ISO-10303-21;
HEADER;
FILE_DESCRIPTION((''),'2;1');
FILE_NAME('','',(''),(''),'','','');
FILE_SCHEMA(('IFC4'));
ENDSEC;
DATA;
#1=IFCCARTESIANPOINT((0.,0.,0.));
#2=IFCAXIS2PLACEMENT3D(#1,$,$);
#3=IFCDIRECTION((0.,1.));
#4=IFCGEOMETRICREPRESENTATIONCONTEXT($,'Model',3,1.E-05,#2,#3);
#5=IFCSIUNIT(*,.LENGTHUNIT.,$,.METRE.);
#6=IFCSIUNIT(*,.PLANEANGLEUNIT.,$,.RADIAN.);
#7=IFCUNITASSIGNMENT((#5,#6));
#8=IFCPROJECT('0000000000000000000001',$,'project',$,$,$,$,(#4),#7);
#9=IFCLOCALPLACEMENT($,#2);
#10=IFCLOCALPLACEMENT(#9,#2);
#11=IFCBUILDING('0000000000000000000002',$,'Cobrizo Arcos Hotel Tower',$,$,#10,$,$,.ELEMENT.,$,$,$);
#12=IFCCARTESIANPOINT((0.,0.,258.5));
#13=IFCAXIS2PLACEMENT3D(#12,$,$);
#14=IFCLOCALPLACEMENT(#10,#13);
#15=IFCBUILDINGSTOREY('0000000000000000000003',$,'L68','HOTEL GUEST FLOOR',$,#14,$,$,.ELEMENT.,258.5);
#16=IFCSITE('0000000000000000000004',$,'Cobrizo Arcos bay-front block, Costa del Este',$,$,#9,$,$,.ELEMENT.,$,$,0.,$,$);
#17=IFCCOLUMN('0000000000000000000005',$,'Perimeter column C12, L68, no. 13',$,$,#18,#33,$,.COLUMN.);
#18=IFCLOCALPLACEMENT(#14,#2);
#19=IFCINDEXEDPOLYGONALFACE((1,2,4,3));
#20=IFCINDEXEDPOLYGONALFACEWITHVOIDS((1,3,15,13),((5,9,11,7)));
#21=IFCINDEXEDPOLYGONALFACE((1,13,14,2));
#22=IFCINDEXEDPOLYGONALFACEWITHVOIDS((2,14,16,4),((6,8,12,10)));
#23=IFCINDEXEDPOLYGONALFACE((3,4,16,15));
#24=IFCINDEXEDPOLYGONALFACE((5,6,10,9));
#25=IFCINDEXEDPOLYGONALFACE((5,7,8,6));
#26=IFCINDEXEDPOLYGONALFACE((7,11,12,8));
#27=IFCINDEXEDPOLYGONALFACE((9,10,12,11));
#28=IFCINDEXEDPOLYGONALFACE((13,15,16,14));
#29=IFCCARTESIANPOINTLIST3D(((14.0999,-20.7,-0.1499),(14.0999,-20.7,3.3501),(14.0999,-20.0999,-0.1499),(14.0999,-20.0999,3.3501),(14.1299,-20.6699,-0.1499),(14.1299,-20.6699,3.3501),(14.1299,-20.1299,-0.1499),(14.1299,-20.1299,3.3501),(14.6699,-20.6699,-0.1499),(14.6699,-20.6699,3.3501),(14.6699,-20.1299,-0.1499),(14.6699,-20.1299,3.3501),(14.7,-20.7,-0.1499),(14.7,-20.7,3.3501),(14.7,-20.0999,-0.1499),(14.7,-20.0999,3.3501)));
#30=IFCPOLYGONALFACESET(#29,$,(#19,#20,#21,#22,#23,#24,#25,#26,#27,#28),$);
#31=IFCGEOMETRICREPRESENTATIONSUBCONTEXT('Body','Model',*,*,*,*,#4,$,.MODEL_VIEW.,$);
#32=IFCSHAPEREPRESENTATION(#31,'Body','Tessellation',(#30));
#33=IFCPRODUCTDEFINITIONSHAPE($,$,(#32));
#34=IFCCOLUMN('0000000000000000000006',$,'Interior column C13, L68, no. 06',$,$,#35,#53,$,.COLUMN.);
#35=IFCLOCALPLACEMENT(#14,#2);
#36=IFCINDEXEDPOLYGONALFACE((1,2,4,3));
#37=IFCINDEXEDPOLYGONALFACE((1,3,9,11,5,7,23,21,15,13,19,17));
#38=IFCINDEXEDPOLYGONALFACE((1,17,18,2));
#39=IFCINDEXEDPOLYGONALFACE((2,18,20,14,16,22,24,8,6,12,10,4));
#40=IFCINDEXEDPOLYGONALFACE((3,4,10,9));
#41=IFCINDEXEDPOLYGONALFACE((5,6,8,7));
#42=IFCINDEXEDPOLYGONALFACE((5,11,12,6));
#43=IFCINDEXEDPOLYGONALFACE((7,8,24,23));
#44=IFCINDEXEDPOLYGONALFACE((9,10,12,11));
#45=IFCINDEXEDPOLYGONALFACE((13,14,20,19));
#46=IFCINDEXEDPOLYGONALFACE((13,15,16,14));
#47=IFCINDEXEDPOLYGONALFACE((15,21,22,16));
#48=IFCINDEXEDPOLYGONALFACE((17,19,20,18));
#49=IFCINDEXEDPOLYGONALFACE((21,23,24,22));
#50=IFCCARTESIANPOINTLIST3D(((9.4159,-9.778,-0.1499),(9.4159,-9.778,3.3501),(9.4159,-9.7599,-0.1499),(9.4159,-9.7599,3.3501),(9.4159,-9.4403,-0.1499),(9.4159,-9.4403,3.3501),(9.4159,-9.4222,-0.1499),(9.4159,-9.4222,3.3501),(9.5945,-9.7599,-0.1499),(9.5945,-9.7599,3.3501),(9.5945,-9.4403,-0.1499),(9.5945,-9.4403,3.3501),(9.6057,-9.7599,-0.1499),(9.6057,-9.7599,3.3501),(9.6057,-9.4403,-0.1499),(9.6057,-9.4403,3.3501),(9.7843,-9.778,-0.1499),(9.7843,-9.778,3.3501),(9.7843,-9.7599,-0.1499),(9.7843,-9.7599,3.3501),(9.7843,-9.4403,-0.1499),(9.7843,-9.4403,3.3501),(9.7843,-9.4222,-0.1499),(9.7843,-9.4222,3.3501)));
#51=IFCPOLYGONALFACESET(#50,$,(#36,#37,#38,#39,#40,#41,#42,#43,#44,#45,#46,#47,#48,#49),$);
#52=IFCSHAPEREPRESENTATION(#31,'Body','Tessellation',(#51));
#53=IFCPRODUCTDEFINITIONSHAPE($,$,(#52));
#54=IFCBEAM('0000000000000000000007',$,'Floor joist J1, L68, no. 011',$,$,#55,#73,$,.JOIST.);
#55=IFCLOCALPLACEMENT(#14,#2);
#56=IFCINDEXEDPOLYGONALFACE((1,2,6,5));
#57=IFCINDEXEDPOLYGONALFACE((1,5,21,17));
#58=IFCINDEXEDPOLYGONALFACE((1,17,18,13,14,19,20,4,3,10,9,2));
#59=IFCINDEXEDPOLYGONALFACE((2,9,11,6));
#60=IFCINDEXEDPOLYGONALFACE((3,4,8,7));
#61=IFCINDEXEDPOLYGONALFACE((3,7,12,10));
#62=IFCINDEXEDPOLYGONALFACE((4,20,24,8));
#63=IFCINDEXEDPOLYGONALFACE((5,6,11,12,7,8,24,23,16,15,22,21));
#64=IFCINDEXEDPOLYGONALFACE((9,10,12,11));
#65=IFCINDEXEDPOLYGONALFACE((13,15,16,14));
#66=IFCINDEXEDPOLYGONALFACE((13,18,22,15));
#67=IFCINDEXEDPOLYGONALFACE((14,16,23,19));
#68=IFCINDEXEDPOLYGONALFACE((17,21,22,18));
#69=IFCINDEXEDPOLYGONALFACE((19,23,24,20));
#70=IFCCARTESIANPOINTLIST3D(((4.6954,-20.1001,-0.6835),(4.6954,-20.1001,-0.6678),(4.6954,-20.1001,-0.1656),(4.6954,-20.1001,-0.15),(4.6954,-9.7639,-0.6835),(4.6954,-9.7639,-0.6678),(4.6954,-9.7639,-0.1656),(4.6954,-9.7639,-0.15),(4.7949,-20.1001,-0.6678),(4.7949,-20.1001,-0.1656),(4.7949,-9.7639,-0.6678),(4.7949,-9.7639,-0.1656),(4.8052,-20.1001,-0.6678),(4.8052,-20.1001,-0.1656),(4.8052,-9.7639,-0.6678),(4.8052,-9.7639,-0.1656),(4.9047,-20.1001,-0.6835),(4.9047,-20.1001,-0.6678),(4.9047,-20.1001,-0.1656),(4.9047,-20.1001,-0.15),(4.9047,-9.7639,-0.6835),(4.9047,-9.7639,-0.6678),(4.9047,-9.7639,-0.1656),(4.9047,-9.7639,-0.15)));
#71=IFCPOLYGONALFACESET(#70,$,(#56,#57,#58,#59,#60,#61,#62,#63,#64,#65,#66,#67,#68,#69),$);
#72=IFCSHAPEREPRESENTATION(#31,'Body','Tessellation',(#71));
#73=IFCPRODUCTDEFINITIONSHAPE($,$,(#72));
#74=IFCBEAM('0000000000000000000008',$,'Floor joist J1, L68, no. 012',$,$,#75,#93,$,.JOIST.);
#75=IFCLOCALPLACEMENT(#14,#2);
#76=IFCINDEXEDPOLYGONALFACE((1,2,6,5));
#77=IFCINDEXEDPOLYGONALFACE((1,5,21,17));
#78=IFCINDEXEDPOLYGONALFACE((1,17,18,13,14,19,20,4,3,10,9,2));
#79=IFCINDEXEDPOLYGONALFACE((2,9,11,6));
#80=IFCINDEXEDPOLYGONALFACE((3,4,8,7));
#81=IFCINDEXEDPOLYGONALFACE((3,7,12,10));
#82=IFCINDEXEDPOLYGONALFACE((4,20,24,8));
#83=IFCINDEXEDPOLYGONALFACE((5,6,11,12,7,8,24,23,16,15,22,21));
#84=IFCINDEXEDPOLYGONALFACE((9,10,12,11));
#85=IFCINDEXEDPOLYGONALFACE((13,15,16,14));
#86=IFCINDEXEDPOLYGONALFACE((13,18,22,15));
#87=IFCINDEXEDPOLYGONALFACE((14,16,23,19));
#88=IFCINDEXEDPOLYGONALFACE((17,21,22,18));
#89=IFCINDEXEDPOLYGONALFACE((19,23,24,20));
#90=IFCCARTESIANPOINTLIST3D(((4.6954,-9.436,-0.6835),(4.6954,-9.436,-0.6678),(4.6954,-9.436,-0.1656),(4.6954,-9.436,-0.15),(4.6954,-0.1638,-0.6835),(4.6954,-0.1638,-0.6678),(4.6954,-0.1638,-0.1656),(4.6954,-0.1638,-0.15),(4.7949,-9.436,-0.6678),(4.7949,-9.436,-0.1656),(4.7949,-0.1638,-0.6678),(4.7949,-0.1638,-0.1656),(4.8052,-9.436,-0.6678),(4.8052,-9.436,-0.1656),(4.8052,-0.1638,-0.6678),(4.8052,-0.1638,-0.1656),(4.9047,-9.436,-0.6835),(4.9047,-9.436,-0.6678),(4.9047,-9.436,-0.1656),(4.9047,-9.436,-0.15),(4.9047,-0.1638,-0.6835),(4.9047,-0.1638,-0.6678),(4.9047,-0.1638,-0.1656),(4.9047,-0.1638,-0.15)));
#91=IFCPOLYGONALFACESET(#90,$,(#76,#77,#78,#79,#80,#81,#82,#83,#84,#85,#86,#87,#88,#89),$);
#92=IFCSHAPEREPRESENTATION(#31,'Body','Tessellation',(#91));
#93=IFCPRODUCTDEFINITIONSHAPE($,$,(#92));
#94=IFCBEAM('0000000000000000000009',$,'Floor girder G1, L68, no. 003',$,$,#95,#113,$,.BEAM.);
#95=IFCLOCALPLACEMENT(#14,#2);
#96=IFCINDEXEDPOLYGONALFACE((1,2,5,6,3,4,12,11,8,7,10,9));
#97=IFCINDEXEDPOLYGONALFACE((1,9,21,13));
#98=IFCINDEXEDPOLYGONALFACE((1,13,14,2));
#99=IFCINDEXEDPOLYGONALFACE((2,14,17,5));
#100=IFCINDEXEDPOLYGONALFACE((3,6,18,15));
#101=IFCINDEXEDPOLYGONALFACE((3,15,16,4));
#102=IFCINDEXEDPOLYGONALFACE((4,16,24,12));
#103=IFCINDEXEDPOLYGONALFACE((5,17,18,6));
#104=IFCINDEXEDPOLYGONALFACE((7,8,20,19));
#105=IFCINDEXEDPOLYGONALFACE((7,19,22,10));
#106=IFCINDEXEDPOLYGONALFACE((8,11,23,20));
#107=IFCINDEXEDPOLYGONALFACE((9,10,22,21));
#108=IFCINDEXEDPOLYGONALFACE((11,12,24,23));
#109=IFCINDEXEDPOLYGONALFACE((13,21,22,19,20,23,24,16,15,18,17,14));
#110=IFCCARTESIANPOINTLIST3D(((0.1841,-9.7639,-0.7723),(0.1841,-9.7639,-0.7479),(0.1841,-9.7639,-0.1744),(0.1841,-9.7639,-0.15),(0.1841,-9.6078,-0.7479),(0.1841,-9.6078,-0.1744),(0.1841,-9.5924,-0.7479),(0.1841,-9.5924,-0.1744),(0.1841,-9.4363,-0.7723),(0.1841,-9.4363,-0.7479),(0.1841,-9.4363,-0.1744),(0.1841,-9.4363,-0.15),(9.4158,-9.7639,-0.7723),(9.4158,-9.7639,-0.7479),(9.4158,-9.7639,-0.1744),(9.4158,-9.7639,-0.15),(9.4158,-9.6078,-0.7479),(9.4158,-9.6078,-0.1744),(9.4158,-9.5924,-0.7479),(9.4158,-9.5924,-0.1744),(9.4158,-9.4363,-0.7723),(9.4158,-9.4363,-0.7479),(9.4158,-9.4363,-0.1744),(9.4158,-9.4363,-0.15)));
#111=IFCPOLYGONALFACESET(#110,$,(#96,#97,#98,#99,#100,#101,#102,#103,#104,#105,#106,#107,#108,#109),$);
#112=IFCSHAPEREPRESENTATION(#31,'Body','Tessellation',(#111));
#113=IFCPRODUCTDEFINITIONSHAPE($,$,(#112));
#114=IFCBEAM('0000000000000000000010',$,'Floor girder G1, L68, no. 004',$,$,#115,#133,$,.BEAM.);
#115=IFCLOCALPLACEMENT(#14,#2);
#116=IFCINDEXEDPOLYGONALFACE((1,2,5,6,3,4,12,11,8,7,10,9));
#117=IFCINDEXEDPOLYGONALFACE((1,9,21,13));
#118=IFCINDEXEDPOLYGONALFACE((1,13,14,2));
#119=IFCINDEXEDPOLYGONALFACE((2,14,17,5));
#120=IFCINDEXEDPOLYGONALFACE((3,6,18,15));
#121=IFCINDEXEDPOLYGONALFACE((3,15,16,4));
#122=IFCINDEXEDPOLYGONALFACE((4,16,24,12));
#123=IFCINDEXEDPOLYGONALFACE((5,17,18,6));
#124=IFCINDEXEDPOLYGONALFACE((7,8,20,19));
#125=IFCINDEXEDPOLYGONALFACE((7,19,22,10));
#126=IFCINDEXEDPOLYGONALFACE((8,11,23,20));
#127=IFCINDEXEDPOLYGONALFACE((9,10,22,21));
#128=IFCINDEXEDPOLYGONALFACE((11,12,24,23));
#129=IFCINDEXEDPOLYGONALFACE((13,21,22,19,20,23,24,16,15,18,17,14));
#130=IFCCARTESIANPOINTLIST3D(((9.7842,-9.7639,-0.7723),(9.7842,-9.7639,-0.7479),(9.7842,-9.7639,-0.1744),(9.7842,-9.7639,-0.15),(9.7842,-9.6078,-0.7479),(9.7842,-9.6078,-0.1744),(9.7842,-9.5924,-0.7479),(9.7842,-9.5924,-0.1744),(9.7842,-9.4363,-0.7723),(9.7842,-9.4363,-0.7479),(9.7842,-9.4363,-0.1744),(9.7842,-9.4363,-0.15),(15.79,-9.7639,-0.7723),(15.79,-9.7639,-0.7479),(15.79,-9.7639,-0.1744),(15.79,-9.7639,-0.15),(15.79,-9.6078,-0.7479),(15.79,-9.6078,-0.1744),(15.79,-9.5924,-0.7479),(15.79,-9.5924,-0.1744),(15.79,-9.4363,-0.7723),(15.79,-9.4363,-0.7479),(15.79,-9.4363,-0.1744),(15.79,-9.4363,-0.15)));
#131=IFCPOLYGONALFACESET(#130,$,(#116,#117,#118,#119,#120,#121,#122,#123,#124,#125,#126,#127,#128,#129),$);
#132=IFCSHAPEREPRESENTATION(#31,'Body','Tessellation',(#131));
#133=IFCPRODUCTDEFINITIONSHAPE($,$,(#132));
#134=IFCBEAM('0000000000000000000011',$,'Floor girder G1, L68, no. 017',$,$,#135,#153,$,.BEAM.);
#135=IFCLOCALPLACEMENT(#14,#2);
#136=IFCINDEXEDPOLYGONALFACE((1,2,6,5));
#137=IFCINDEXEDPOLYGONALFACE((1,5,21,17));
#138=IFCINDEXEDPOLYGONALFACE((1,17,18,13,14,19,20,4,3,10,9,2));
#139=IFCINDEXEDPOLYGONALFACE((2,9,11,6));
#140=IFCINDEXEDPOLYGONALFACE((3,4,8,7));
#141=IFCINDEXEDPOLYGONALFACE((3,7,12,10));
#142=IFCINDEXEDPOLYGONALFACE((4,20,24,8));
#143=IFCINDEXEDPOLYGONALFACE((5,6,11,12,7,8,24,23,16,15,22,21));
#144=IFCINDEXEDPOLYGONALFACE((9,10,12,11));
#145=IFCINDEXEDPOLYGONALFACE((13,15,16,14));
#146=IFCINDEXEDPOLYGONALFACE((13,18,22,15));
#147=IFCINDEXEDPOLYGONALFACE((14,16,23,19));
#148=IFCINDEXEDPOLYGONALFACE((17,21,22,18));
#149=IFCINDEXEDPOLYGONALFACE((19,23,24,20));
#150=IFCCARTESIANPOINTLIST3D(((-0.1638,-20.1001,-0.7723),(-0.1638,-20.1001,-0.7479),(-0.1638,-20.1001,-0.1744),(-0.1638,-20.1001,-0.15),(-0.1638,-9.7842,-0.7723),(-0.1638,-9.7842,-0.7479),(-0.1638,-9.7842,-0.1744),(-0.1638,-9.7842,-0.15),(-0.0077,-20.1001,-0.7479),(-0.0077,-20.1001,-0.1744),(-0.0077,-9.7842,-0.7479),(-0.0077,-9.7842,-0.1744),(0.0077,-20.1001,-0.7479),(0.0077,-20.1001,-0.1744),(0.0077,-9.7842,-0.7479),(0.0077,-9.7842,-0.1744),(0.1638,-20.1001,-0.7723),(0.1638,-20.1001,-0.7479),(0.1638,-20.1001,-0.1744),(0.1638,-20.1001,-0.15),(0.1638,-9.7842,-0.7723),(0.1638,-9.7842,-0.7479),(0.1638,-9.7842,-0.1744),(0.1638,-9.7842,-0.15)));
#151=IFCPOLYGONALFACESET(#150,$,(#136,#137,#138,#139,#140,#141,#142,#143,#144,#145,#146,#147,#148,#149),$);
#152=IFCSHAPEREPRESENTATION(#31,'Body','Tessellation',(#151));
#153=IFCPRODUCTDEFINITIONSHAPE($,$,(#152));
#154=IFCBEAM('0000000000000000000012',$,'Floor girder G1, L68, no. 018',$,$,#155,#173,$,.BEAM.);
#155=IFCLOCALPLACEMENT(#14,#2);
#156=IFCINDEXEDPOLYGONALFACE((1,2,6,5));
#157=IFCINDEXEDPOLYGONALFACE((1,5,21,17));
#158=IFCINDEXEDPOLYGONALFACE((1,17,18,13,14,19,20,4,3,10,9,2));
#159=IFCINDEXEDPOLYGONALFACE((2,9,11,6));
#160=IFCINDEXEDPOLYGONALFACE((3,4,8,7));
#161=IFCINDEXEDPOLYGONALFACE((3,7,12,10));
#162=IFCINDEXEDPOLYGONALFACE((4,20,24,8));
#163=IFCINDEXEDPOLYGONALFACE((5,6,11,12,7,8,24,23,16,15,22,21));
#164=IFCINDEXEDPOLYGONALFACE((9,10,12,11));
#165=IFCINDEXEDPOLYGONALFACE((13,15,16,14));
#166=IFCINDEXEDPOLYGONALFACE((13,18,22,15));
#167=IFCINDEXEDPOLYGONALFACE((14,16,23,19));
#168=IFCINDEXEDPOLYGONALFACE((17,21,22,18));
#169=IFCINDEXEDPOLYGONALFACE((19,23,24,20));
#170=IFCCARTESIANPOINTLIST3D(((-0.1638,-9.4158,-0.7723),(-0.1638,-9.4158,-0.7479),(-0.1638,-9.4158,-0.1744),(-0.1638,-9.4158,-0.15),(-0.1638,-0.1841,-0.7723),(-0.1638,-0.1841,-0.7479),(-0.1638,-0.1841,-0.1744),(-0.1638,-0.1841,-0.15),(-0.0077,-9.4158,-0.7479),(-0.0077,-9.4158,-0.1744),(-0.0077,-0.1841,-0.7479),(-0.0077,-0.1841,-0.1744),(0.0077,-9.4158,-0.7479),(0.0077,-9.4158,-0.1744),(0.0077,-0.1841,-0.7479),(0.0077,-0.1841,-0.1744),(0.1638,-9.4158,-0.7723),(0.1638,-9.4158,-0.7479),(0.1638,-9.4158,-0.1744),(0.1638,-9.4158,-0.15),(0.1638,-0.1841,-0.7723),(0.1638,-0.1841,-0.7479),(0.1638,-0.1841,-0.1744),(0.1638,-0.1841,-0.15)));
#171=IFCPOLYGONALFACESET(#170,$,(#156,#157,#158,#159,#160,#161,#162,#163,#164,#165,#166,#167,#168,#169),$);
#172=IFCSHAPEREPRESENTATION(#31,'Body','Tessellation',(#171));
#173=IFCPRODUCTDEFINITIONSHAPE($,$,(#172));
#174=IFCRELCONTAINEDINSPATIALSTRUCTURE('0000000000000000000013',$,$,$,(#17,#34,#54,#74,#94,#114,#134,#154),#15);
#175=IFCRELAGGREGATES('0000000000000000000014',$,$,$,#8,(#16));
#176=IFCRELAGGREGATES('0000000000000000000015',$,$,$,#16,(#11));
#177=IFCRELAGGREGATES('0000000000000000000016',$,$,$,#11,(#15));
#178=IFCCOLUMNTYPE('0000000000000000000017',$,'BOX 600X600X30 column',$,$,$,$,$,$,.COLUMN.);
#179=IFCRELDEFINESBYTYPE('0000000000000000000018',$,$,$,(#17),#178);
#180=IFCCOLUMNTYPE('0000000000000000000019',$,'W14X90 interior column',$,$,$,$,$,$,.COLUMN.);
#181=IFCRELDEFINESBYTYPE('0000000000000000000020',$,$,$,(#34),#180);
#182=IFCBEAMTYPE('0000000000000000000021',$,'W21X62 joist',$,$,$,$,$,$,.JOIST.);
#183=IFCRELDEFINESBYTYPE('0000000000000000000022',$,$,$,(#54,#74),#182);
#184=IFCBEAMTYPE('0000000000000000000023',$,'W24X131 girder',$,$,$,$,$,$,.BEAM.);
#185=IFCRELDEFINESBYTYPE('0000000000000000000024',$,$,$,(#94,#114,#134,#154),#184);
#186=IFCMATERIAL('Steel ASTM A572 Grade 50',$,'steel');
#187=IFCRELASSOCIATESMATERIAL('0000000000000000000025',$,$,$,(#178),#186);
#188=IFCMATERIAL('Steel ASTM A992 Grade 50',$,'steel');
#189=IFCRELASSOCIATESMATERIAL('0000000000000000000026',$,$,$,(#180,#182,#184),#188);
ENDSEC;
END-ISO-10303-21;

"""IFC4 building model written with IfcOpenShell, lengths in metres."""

from ifc_helpers import new_model, si_unit, direction, frame, origin, origin_2d, place, context, subcontext, project, spatial, hollow_rectangle, i_section, extrude, material, material_profile, profile_set, type_object, element, save


model = new_model("IFC4")

# Units and contexts
model_context = context("Model", 3, precision=1e-05, world=origin(), true_north=direction((0.0, 1.0)))
body_context = subcontext(model_context, "Body", "Model", "MODEL_VIEW")
ifc_project = project(units=[si_unit("LENGTHUNIT", "METRE"), si_unit("PLANEANGLEUNIT", "RADIAN")], contexts=[model_context])

# Site, building, storey
site_placement = place(None, origin())
site = spatial("IfcSite", under=ifc_project, at=site_placement, Name="Cobrizo Arcos bay-front block, Costa del Este", CompositionType="ELEMENT", RefElevation=0.0)
building_placement = place(site_placement, origin())
building = spatial("IfcBuilding", under=site, at=building_placement, Name="Cobrizo Arcos Hotel Tower", CompositionType="ELEMENT")
storey_placement = place(building_placement, frame((0.0, 0.0, 258.5)))
storey = spatial("IfcBuildingStorey", under=building, at=storey_placement, Name="L68", Description="HOTEL GUEST FLOOR", CompositionType="ELEMENT", Elevation=258.5)

# Columns
ifc_material_1 = material(Name="Steel ASTM A572 Grade 50", Category="steel")
ifc_material_profile_1 = material_profile(ifc_material_1, hollow_rectangle(XDim=0.6001, YDim=0.6001, WallThickness=0.03, at=origin_2d()), Name="BOX 600X600X30")
ifc_profile_set_1 = profile_set([ifc_material_profile_1], Name="Steel ASTM A572 Grade 50")
column_type_1 = type_object("IfcColumnType", Name="BOX 600X600X30 column", PredefinedType="COLUMN", material=ifc_profile_set_1)
column_1_placement = place(storey_placement, frame((14.3999, -20.3999, -0.1499), z_axis=(0.0, 0.0, 1.0), x_axis=(1.0, 0.0, 0.0)))
element("IfcColumn", 1, at=column_1_placement, inside=storey, type_object=column_type_1, Name="Perimeter column C12, L68, no. 13", PredefinedType="COLUMN", context=body_context, shape_type="SweptSolid", body=[
    extrude(hollow_rectangle(XDim=0.6001, YDim=0.6001, WallThickness=0.03, at=origin_2d()), origin(), (0.0, 0.0, 1.0), 3.5),
])
ifc_material_2 = material(Name="Steel ASTM A992 Grade 50", Category="steel")
ifc_material_profile_2 = material_profile(ifc_material_2, i_section(OverallWidth=0.3684, OverallDepth=0.3557, WebThickness=0.0112, FlangeThickness=0.0181, at=origin_2d()), Name="W14X90")
ifc_profile_set_2 = profile_set([ifc_material_profile_2], Name="Steel ASTM A992 Grade 50")
column_type_2 = type_object("IfcColumnType", Name="W14X90 interior column", PredefinedType="COLUMN", material=ifc_profile_set_2)
column_2_placement = place(storey_placement, frame((9.6001, -9.6001, -0.1499), z_axis=(0.0, 0.0, 1.0), x_axis=(1.0, 0.0, 0.0)))
element("IfcColumn", 2, at=column_2_placement, inside=storey, type_object=column_type_2, Name="Interior column C13, L68, no. 06", PredefinedType="COLUMN", context=body_context, shape_type="SweptSolid", body=[
    extrude(i_section(OverallWidth=0.3684, OverallDepth=0.3557, WebThickness=0.0112, FlangeThickness=0.0181, at=origin_2d()), origin(), (0.0, 0.0, 1.0), 3.5),
])

# Beams
ifc_material_profile_3 = material_profile(ifc_material_2, i_section(OverallWidth=0.2092, OverallDepth=0.5334, WebThickness=0.0103, FlangeThickness=0.0156, at=origin_2d()), Name="W21X62")
ifc_profile_set_3 = profile_set([ifc_material_profile_3], Name="Steel ASTM A992 Grade 50")
beam_type_1 = type_object("IfcBeamType", Name="W21X62 joist", PredefinedType="JOIST", material=ifc_profile_set_3)
beam_1_placement = place(storey_placement, frame((4.8, -20.1001, -0.4167), z_axis=(0.0, 1.0, 0.0), x_axis=(-1.0, 0.0, 0.0)))
element("IfcBeam", 3, at=beam_1_placement, inside=storey, type_object=beam_type_1, Name="Floor joist J1, L68, no. 011", PredefinedType="JOIST", context=body_context, shape_type="SweptSolid", body=[
    extrude(i_section(OverallWidth=0.2092, OverallDepth=0.5334, WebThickness=0.0103, FlangeThickness=0.0156, at=origin_2d()), origin(), (0.0, 0.0, 1.0), 10.3362),
])
beam_2_placement = place(storey_placement, frame((4.8, -9.436, -0.4167), z_axis=(0.0, 1.0, 0.0), x_axis=(-1.0, 0.0, 0.0)))
element("IfcBeam", 4, at=beam_2_placement, inside=storey, type_object=beam_type_1, Name="Floor joist J1, L68, no. 012", PredefinedType="JOIST", context=body_context, shape_type="SweptSolid", body=[
    extrude(i_section(OverallWidth=0.2092, OverallDepth=0.5334, WebThickness=0.0103, FlangeThickness=0.0156, at=origin_2d()), origin(), (0.0, 0.0, 1.0), 9.2722),
])
ifc_material_profile_4 = material_profile(ifc_material_2, i_section(OverallWidth=0.3276, OverallDepth=0.6223, WebThickness=0.0154, FlangeThickness=0.0244, at=origin_2d()), Name="W24X131")
ifc_profile_set_4 = profile_set([ifc_material_profile_4], Name="Steel ASTM A992 Grade 50")
beam_type_2 = type_object("IfcBeamType", Name="W24X131 girder", PredefinedType="BEAM", material=ifc_profile_set_4)
beam_3_placement = place(storey_placement, frame((0.1841, -9.6001, -0.4612), z_axis=(1.0, 0.0, 0.0), x_axis=(0.0, 1.0, 0.0)))
element("IfcBeam", 5, at=beam_3_placement, inside=storey, type_object=beam_type_2, Name="Floor girder G1, L68, no. 003", PredefinedType="BEAM", context=body_context, shape_type="SweptSolid", body=[
    extrude(i_section(OverallWidth=0.3276, OverallDepth=0.6223, WebThickness=0.0154, FlangeThickness=0.0244, at=origin_2d()), origin(), (0.0, 0.0, 1.0), 9.2317),
])
beam_4_placement = place(storey_placement, frame((9.7842, -9.6001, -0.4612), z_axis=(1.0, 0.0, 0.0), x_axis=(0.0, 1.0, 0.0)))
element("IfcBeam", 6, at=beam_4_placement, inside=storey, type_object=beam_type_2, Name="Floor girder G1, L68, no. 004", PredefinedType="BEAM", context=body_context, shape_type="SweptSolid", body=[
    extrude(i_section(OverallWidth=0.3276, OverallDepth=0.6223, WebThickness=0.0154, FlangeThickness=0.0244, at=origin_2d()), origin(), (0.0, 0.0, 1.0), 6.0059),
])
beam_5_placement = place(storey_placement, frame((0.0, -20.1001, -0.4612), z_axis=(0.0, 1.0, 0.0), x_axis=(-1.0, 0.0, 0.0)))
element("IfcBeam", 7, at=beam_5_placement, inside=storey, type_object=beam_type_2, Name="Floor girder G1, L68, no. 017", PredefinedType="BEAM", context=body_context, shape_type="SweptSolid", body=[
    extrude(i_section(OverallWidth=0.3276, OverallDepth=0.6223, WebThickness=0.0154, FlangeThickness=0.0244, at=origin_2d()), origin(), (0.0, 0.0, 1.0), 10.3159),
])
beam_6_placement = place(storey_placement, frame((0.0, -9.4158, -0.4612), z_axis=(0.0, 1.0, 0.0), x_axis=(-1.0, 0.0, 0.0)))
element("IfcBeam", 8, at=beam_6_placement, inside=storey, type_object=beam_type_2, Name="Floor girder G1, L68, no. 018", PredefinedType="BEAM", context=body_context, shape_type="SweptSolid", body=[
    extrude(i_section(OverallWidth=0.3276, OverallDepth=0.6223, WebThickness=0.0154, FlangeThickness=0.0244, at=origin_2d()), origin(), (0.0, 0.0, 1.0), 9.2317),
])

save(model, "model.ifc")
